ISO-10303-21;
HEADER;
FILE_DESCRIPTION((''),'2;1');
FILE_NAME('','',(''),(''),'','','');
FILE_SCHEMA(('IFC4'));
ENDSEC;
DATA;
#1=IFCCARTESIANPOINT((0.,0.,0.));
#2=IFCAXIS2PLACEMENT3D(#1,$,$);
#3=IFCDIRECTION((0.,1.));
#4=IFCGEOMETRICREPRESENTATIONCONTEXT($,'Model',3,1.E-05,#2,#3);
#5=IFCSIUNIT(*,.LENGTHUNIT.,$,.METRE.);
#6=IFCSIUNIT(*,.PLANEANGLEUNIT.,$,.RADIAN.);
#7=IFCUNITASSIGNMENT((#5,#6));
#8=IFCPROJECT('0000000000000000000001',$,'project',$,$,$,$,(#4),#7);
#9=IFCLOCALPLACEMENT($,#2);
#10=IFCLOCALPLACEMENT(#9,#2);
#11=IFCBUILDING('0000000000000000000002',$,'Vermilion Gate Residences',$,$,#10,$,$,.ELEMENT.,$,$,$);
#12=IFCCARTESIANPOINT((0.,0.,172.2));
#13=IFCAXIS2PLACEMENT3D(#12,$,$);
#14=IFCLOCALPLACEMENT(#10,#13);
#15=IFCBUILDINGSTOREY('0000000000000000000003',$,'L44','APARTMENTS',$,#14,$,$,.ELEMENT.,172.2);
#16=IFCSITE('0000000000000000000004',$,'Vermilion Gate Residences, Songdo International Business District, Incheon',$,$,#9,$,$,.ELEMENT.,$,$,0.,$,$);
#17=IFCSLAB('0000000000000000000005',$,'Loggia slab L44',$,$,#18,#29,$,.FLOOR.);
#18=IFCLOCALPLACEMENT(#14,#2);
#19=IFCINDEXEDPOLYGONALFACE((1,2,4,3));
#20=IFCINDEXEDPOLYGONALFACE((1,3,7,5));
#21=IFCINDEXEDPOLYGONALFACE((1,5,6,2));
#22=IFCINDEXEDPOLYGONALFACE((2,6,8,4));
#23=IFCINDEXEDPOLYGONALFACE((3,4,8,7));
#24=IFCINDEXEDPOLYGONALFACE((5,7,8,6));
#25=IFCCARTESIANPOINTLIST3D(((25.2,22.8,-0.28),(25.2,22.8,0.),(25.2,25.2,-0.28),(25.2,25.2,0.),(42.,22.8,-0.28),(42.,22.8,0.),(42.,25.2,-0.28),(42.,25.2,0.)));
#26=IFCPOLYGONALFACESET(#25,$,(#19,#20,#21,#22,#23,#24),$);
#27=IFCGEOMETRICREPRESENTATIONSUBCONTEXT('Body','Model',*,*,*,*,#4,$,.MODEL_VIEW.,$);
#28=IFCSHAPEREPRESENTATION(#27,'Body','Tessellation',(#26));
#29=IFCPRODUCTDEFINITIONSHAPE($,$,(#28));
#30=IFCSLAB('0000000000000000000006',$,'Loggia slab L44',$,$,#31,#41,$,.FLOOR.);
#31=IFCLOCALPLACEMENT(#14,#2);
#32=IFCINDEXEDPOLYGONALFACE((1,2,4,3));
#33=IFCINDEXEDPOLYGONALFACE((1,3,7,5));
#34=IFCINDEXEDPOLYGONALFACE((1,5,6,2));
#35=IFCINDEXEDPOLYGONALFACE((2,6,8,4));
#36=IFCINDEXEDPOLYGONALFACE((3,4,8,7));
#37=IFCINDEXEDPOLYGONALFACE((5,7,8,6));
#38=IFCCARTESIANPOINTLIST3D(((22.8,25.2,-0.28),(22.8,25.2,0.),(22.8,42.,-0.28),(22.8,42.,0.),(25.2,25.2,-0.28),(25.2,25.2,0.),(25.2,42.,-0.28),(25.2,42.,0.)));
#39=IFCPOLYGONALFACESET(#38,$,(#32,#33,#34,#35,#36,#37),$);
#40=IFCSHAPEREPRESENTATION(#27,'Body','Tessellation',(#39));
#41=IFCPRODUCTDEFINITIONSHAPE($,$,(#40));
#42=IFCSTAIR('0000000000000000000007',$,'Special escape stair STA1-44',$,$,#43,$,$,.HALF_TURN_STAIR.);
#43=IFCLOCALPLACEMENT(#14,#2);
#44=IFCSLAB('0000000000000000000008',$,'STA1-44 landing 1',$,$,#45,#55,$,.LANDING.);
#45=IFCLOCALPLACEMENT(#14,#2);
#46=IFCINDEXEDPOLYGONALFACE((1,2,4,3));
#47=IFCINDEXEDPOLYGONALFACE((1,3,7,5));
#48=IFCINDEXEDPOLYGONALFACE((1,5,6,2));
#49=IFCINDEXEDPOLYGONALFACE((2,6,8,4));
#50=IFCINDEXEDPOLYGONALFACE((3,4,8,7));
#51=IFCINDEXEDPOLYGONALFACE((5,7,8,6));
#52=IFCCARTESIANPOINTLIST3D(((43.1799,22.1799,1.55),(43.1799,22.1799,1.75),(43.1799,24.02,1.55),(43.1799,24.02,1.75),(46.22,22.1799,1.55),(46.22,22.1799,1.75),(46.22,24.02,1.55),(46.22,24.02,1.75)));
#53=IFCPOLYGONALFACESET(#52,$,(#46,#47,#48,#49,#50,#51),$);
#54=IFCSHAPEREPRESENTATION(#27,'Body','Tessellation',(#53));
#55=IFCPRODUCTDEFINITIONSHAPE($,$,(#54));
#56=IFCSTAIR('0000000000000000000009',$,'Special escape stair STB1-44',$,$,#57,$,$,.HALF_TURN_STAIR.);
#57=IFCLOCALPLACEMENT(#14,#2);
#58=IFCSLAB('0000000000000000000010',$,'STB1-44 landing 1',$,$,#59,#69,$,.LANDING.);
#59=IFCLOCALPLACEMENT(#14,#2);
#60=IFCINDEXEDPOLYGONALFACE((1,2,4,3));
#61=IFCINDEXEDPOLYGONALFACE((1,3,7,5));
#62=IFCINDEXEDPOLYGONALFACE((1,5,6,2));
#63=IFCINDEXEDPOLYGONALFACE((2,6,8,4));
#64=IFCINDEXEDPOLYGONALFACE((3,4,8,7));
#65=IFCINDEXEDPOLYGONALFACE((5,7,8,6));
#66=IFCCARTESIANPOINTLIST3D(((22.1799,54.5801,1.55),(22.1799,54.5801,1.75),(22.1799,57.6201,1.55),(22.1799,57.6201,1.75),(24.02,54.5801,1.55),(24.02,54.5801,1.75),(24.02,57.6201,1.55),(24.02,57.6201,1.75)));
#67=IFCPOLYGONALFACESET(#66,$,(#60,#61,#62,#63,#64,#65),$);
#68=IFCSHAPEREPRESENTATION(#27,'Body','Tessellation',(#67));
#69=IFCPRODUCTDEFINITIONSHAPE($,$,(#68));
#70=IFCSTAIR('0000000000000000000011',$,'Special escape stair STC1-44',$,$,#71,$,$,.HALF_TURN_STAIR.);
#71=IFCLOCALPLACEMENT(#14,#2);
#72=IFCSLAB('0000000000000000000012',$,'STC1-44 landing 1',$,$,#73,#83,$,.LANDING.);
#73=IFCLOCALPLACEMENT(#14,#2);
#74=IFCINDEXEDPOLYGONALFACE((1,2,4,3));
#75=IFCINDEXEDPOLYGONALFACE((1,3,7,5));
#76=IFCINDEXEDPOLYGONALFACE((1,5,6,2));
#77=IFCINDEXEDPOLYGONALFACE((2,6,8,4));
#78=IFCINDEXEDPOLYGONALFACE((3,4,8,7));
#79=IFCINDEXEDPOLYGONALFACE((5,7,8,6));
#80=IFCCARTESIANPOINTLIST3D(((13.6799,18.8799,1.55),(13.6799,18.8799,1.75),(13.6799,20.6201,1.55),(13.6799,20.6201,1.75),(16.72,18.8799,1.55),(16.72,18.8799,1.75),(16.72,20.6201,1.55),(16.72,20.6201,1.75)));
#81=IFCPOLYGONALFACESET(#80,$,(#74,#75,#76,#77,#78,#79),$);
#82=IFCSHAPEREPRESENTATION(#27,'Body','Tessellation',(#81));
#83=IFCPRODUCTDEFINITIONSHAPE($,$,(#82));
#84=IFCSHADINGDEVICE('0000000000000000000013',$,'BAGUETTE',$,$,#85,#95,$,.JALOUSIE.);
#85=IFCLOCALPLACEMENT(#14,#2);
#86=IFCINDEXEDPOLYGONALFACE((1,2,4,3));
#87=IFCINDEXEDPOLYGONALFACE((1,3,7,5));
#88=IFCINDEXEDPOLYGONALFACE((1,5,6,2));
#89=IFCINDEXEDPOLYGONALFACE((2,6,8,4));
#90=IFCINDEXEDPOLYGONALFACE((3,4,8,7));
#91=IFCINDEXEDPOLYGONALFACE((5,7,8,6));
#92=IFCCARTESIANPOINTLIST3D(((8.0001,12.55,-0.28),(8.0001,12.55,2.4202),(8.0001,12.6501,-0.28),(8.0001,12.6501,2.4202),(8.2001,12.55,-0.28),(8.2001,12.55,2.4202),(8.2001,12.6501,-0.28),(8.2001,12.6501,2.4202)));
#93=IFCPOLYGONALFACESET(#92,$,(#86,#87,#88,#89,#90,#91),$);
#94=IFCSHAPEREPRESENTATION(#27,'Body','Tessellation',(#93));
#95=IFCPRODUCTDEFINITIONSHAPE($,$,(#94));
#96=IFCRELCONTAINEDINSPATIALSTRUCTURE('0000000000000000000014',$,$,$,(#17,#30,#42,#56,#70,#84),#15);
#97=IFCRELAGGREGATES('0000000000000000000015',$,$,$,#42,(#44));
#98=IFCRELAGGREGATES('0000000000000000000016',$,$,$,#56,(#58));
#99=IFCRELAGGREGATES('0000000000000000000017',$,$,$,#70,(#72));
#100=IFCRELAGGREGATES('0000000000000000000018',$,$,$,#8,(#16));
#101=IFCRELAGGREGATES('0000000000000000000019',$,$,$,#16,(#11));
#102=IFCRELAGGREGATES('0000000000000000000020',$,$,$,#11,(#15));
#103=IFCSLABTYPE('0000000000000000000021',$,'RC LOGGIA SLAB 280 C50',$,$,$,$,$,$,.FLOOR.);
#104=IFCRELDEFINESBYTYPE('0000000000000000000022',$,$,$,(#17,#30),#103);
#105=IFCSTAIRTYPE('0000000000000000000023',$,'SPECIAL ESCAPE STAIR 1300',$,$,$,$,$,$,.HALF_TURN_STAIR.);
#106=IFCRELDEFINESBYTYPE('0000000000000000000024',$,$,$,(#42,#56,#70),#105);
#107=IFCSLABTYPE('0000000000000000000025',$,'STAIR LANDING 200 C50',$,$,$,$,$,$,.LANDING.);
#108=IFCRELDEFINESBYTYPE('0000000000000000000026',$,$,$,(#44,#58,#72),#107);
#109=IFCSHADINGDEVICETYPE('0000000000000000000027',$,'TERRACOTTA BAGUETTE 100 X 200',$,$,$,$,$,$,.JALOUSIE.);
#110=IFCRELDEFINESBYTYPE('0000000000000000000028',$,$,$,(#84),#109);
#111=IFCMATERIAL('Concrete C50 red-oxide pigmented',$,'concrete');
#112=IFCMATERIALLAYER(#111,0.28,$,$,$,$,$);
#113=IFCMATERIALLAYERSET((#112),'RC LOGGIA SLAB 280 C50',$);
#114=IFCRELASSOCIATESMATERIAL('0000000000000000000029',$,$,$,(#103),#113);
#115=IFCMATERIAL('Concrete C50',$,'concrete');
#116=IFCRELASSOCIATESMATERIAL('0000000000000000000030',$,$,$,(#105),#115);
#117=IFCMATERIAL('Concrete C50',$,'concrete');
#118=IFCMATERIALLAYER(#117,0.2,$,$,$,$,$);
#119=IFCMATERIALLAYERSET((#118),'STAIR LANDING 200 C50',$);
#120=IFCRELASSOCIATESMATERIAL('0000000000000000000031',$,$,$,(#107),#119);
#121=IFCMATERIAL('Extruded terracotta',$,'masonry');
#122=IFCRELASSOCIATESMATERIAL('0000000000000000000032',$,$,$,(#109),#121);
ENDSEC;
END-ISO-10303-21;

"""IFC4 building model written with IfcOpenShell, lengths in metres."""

from ifc_helpers import new_model, si_unit, direction, frame, origin, origin_2d, place, context, subcontext, project, spatial, polyline, rectangle, outline, extrude, material, layer, layer_set, material_profile, profile_set, type_object, element, aggregate, save


model = new_model("IFC4")

# Units and contexts
model_context = context("Model", 3, precision=1e-05, world=origin(), true_north=direction((0.0, 1.0)))
body_context = subcontext(model_context, "Body", "Model", "MODEL_VIEW")
ifc_project = project(units=[si_unit("LENGTHUNIT", "METRE"), si_unit("PLANEANGLEUNIT", "RADIAN")], contexts=[model_context])

# Site, building, storey
site_placement = place(None, origin())
site = spatial("IfcSite", under=ifc_project, at=site_placement, Name="Vermilion Gate Residences, Songdo International Business District, Incheon", CompositionType="ELEMENT", RefElevation=0.0)
building_placement = place(site_placement, origin())
building = spatial("IfcBuilding", under=site, at=building_placement, Name="Vermilion Gate Residences", CompositionType="ELEMENT")
storey_placement = place(building_placement, frame((0.0, 0.0, 172.2)))
storey = spatial("IfcBuildingStorey", under=building, at=storey_placement, Name="L44", Description="APARTMENTS", CompositionType="ELEMENT", Elevation=172.2)

# Slabs
ifc_material_1 = material(Name="Concrete C50 red-oxide pigmented", Category="concrete")
ifc_layer_1 = layer(ifc_material_1, 0.28)
ifc_layer_set_1 = layer_set([ifc_layer_1], Name="RC LOGGIA SLAB 280 C50")
slab_type_1 = type_object("IfcSlabType", Name="RC LOGGIA SLAB 280 C50", PredefinedType="FLOOR", material=ifc_layer_set_1)
slab_1_placement = place(storey_placement, frame((0.0, 0.0, -0.28)))
element("IfcSlab", 1, at=slab_1_placement, inside=storey, type_object=slab_type_1, Name="Loggia slab L44", PredefinedType="FLOOR", context=body_context, shape_type="SweptSolid", body=[
    extrude(outline(polyline([(42.0, 25.2), (25.2, 25.2), (25.2, 22.8), (42.0, 22.8), (42.0, 25.2)])), origin(), (0.0, 0.0, 1.0), 0.28),
])
slab_2_placement = place(storey_placement, frame((0.0, 0.0, -0.28)))
element("IfcSlab", 2, at=slab_2_placement, inside=storey, type_object=slab_type_1, Name="Loggia slab L44", PredefinedType="FLOOR", context=body_context, shape_type="SweptSolid", body=[
    extrude(outline(polyline([(22.8, 42.0), (22.8, 25.2), (25.2, 25.2), (25.2, 42.0), (22.8, 42.0)])), origin(), (0.0, 0.0, 1.0), 0.28),
])

# Stairs, slabs
ifc_material_2 = material(Name="Concrete C50", Category="concrete")
stair_type = type_object("IfcStairType", Name="SPECIAL ESCAPE STAIR 1300", PredefinedType="HALF_TURN_STAIR", material=ifc_material_2)
stair_1_placement = place(storey_placement, origin())
stair_1 = element("IfcStair", 3, at=stair_1_placement, inside=storey, type_object=stair_type, Name="Special escape stair STA1-44", PredefinedType="HALF_TURN_STAIR")
ifc_material_3 = material(Name="Concrete C50", Category="concrete")
ifc_layer_2 = layer(ifc_material_3, 0.2)
ifc_layer_set_2 = layer_set([ifc_layer_2], Name="STAIR LANDING 200 C50")
slab_type_2 = type_object("IfcSlabType", Name="STAIR LANDING 200 C50", PredefinedType="LANDING", material=ifc_layer_set_2)
slab_3_placement = place(storey_placement, frame((0.0, 0.0, 1.55)))
slab_3 = element("IfcSlab", 4, at=slab_3_placement, type_object=slab_type_2, Name="STA1-44 landing 1", PredefinedType="LANDING", context=body_context, shape_type="SweptSolid", body=[
    extrude(outline(polyline([(46.22, 22.1799), (46.22, 24.02), (43.1799, 24.02), (43.1799, 22.1799), (46.22, 22.1799)])), origin(), (0.0, 0.0, 1.0), 0.2),
])
aggregate(stair_1, [slab_3])
stair_2_placement = place(storey_placement, origin())
stair_2 = element("IfcStair", 5, at=stair_2_placement, inside=storey, type_object=stair_type, Name="Special escape stair STB1-44", PredefinedType="HALF_TURN_STAIR")
slab_4_placement = place(storey_placement, frame((0.0, 0.0, 1.55)))
slab_4 = element("IfcSlab", 6, at=slab_4_placement, type_object=slab_type_2, Name="STB1-44 landing 1", PredefinedType="LANDING", context=body_context, shape_type="SweptSolid", body=[
    extrude(outline(polyline([(24.02, 54.5801), (24.02, 57.6201), (22.1799, 57.6201), (22.1799, 54.5801), (24.02, 54.5801)])), origin(), (0.0, 0.0, 1.0), 0.2),
])
aggregate(stair_2, [slab_4])
stair_3_placement = place(storey_placement, origin())
stair_3 = element("IfcStair", 7, at=stair_3_placement, inside=storey, type_object=stair_type, Name="Special escape stair STC1-44", PredefinedType="HALF_TURN_STAIR")
slab_5_placement = place(storey_placement, frame((0.0, 0.0, 1.55)))
slab_5 = element("IfcSlab", 8, at=slab_5_placement, type_object=slab_type_2, Name="STC1-44 landing 1", PredefinedType="LANDING", context=body_context, shape_type="SweptSolid", body=[
    extrude(outline(polyline([(16.72, 18.8799), (16.72, 20.6201), (13.6799, 20.6201), (13.6799, 18.8799), (16.72, 18.8799)])), origin(), (0.0, 0.0, 1.0), 0.2),
])
aggregate(stair_3, [slab_5])

# Shading device
ifc_material_4 = material(Name="Extruded terracotta", Category="masonry")
ifc_material_profile = material_profile(ifc_material_4, rectangle(XDim=0.2, YDim=0.1001, at=origin_2d()), Name="BAGUETTE 100 X 200")
ifc_profile_set = profile_set([ifc_material_profile], Name="Extruded terracotta")
shading_device_type = type_object("IfcShadingDeviceType", Name="TERRACOTTA BAGUETTE 100 X 200", PredefinedType="JALOUSIE", material=ifc_profile_set)
shading_device_placement = place(storey_placement, frame((8.1001, 12.6001, -0.28), z_axis=(0.0, 0.0, 1.0), x_axis=(1.0, 0.0, 0.0)))
element("IfcShadingDevice", 9, at=shading_device_placement, inside=storey, type_object=shading_device_type, Name="BAGUETTE", PredefinedType="JALOUSIE", context=body_context, shape_type="SweptSolid", body=[
    extrude(rectangle(XDim=0.2, YDim=0.1001, at=origin_2d()), origin(), (0.0, 0.0, 1.0), 2.7002),
])

save(model, "model.ifc")
